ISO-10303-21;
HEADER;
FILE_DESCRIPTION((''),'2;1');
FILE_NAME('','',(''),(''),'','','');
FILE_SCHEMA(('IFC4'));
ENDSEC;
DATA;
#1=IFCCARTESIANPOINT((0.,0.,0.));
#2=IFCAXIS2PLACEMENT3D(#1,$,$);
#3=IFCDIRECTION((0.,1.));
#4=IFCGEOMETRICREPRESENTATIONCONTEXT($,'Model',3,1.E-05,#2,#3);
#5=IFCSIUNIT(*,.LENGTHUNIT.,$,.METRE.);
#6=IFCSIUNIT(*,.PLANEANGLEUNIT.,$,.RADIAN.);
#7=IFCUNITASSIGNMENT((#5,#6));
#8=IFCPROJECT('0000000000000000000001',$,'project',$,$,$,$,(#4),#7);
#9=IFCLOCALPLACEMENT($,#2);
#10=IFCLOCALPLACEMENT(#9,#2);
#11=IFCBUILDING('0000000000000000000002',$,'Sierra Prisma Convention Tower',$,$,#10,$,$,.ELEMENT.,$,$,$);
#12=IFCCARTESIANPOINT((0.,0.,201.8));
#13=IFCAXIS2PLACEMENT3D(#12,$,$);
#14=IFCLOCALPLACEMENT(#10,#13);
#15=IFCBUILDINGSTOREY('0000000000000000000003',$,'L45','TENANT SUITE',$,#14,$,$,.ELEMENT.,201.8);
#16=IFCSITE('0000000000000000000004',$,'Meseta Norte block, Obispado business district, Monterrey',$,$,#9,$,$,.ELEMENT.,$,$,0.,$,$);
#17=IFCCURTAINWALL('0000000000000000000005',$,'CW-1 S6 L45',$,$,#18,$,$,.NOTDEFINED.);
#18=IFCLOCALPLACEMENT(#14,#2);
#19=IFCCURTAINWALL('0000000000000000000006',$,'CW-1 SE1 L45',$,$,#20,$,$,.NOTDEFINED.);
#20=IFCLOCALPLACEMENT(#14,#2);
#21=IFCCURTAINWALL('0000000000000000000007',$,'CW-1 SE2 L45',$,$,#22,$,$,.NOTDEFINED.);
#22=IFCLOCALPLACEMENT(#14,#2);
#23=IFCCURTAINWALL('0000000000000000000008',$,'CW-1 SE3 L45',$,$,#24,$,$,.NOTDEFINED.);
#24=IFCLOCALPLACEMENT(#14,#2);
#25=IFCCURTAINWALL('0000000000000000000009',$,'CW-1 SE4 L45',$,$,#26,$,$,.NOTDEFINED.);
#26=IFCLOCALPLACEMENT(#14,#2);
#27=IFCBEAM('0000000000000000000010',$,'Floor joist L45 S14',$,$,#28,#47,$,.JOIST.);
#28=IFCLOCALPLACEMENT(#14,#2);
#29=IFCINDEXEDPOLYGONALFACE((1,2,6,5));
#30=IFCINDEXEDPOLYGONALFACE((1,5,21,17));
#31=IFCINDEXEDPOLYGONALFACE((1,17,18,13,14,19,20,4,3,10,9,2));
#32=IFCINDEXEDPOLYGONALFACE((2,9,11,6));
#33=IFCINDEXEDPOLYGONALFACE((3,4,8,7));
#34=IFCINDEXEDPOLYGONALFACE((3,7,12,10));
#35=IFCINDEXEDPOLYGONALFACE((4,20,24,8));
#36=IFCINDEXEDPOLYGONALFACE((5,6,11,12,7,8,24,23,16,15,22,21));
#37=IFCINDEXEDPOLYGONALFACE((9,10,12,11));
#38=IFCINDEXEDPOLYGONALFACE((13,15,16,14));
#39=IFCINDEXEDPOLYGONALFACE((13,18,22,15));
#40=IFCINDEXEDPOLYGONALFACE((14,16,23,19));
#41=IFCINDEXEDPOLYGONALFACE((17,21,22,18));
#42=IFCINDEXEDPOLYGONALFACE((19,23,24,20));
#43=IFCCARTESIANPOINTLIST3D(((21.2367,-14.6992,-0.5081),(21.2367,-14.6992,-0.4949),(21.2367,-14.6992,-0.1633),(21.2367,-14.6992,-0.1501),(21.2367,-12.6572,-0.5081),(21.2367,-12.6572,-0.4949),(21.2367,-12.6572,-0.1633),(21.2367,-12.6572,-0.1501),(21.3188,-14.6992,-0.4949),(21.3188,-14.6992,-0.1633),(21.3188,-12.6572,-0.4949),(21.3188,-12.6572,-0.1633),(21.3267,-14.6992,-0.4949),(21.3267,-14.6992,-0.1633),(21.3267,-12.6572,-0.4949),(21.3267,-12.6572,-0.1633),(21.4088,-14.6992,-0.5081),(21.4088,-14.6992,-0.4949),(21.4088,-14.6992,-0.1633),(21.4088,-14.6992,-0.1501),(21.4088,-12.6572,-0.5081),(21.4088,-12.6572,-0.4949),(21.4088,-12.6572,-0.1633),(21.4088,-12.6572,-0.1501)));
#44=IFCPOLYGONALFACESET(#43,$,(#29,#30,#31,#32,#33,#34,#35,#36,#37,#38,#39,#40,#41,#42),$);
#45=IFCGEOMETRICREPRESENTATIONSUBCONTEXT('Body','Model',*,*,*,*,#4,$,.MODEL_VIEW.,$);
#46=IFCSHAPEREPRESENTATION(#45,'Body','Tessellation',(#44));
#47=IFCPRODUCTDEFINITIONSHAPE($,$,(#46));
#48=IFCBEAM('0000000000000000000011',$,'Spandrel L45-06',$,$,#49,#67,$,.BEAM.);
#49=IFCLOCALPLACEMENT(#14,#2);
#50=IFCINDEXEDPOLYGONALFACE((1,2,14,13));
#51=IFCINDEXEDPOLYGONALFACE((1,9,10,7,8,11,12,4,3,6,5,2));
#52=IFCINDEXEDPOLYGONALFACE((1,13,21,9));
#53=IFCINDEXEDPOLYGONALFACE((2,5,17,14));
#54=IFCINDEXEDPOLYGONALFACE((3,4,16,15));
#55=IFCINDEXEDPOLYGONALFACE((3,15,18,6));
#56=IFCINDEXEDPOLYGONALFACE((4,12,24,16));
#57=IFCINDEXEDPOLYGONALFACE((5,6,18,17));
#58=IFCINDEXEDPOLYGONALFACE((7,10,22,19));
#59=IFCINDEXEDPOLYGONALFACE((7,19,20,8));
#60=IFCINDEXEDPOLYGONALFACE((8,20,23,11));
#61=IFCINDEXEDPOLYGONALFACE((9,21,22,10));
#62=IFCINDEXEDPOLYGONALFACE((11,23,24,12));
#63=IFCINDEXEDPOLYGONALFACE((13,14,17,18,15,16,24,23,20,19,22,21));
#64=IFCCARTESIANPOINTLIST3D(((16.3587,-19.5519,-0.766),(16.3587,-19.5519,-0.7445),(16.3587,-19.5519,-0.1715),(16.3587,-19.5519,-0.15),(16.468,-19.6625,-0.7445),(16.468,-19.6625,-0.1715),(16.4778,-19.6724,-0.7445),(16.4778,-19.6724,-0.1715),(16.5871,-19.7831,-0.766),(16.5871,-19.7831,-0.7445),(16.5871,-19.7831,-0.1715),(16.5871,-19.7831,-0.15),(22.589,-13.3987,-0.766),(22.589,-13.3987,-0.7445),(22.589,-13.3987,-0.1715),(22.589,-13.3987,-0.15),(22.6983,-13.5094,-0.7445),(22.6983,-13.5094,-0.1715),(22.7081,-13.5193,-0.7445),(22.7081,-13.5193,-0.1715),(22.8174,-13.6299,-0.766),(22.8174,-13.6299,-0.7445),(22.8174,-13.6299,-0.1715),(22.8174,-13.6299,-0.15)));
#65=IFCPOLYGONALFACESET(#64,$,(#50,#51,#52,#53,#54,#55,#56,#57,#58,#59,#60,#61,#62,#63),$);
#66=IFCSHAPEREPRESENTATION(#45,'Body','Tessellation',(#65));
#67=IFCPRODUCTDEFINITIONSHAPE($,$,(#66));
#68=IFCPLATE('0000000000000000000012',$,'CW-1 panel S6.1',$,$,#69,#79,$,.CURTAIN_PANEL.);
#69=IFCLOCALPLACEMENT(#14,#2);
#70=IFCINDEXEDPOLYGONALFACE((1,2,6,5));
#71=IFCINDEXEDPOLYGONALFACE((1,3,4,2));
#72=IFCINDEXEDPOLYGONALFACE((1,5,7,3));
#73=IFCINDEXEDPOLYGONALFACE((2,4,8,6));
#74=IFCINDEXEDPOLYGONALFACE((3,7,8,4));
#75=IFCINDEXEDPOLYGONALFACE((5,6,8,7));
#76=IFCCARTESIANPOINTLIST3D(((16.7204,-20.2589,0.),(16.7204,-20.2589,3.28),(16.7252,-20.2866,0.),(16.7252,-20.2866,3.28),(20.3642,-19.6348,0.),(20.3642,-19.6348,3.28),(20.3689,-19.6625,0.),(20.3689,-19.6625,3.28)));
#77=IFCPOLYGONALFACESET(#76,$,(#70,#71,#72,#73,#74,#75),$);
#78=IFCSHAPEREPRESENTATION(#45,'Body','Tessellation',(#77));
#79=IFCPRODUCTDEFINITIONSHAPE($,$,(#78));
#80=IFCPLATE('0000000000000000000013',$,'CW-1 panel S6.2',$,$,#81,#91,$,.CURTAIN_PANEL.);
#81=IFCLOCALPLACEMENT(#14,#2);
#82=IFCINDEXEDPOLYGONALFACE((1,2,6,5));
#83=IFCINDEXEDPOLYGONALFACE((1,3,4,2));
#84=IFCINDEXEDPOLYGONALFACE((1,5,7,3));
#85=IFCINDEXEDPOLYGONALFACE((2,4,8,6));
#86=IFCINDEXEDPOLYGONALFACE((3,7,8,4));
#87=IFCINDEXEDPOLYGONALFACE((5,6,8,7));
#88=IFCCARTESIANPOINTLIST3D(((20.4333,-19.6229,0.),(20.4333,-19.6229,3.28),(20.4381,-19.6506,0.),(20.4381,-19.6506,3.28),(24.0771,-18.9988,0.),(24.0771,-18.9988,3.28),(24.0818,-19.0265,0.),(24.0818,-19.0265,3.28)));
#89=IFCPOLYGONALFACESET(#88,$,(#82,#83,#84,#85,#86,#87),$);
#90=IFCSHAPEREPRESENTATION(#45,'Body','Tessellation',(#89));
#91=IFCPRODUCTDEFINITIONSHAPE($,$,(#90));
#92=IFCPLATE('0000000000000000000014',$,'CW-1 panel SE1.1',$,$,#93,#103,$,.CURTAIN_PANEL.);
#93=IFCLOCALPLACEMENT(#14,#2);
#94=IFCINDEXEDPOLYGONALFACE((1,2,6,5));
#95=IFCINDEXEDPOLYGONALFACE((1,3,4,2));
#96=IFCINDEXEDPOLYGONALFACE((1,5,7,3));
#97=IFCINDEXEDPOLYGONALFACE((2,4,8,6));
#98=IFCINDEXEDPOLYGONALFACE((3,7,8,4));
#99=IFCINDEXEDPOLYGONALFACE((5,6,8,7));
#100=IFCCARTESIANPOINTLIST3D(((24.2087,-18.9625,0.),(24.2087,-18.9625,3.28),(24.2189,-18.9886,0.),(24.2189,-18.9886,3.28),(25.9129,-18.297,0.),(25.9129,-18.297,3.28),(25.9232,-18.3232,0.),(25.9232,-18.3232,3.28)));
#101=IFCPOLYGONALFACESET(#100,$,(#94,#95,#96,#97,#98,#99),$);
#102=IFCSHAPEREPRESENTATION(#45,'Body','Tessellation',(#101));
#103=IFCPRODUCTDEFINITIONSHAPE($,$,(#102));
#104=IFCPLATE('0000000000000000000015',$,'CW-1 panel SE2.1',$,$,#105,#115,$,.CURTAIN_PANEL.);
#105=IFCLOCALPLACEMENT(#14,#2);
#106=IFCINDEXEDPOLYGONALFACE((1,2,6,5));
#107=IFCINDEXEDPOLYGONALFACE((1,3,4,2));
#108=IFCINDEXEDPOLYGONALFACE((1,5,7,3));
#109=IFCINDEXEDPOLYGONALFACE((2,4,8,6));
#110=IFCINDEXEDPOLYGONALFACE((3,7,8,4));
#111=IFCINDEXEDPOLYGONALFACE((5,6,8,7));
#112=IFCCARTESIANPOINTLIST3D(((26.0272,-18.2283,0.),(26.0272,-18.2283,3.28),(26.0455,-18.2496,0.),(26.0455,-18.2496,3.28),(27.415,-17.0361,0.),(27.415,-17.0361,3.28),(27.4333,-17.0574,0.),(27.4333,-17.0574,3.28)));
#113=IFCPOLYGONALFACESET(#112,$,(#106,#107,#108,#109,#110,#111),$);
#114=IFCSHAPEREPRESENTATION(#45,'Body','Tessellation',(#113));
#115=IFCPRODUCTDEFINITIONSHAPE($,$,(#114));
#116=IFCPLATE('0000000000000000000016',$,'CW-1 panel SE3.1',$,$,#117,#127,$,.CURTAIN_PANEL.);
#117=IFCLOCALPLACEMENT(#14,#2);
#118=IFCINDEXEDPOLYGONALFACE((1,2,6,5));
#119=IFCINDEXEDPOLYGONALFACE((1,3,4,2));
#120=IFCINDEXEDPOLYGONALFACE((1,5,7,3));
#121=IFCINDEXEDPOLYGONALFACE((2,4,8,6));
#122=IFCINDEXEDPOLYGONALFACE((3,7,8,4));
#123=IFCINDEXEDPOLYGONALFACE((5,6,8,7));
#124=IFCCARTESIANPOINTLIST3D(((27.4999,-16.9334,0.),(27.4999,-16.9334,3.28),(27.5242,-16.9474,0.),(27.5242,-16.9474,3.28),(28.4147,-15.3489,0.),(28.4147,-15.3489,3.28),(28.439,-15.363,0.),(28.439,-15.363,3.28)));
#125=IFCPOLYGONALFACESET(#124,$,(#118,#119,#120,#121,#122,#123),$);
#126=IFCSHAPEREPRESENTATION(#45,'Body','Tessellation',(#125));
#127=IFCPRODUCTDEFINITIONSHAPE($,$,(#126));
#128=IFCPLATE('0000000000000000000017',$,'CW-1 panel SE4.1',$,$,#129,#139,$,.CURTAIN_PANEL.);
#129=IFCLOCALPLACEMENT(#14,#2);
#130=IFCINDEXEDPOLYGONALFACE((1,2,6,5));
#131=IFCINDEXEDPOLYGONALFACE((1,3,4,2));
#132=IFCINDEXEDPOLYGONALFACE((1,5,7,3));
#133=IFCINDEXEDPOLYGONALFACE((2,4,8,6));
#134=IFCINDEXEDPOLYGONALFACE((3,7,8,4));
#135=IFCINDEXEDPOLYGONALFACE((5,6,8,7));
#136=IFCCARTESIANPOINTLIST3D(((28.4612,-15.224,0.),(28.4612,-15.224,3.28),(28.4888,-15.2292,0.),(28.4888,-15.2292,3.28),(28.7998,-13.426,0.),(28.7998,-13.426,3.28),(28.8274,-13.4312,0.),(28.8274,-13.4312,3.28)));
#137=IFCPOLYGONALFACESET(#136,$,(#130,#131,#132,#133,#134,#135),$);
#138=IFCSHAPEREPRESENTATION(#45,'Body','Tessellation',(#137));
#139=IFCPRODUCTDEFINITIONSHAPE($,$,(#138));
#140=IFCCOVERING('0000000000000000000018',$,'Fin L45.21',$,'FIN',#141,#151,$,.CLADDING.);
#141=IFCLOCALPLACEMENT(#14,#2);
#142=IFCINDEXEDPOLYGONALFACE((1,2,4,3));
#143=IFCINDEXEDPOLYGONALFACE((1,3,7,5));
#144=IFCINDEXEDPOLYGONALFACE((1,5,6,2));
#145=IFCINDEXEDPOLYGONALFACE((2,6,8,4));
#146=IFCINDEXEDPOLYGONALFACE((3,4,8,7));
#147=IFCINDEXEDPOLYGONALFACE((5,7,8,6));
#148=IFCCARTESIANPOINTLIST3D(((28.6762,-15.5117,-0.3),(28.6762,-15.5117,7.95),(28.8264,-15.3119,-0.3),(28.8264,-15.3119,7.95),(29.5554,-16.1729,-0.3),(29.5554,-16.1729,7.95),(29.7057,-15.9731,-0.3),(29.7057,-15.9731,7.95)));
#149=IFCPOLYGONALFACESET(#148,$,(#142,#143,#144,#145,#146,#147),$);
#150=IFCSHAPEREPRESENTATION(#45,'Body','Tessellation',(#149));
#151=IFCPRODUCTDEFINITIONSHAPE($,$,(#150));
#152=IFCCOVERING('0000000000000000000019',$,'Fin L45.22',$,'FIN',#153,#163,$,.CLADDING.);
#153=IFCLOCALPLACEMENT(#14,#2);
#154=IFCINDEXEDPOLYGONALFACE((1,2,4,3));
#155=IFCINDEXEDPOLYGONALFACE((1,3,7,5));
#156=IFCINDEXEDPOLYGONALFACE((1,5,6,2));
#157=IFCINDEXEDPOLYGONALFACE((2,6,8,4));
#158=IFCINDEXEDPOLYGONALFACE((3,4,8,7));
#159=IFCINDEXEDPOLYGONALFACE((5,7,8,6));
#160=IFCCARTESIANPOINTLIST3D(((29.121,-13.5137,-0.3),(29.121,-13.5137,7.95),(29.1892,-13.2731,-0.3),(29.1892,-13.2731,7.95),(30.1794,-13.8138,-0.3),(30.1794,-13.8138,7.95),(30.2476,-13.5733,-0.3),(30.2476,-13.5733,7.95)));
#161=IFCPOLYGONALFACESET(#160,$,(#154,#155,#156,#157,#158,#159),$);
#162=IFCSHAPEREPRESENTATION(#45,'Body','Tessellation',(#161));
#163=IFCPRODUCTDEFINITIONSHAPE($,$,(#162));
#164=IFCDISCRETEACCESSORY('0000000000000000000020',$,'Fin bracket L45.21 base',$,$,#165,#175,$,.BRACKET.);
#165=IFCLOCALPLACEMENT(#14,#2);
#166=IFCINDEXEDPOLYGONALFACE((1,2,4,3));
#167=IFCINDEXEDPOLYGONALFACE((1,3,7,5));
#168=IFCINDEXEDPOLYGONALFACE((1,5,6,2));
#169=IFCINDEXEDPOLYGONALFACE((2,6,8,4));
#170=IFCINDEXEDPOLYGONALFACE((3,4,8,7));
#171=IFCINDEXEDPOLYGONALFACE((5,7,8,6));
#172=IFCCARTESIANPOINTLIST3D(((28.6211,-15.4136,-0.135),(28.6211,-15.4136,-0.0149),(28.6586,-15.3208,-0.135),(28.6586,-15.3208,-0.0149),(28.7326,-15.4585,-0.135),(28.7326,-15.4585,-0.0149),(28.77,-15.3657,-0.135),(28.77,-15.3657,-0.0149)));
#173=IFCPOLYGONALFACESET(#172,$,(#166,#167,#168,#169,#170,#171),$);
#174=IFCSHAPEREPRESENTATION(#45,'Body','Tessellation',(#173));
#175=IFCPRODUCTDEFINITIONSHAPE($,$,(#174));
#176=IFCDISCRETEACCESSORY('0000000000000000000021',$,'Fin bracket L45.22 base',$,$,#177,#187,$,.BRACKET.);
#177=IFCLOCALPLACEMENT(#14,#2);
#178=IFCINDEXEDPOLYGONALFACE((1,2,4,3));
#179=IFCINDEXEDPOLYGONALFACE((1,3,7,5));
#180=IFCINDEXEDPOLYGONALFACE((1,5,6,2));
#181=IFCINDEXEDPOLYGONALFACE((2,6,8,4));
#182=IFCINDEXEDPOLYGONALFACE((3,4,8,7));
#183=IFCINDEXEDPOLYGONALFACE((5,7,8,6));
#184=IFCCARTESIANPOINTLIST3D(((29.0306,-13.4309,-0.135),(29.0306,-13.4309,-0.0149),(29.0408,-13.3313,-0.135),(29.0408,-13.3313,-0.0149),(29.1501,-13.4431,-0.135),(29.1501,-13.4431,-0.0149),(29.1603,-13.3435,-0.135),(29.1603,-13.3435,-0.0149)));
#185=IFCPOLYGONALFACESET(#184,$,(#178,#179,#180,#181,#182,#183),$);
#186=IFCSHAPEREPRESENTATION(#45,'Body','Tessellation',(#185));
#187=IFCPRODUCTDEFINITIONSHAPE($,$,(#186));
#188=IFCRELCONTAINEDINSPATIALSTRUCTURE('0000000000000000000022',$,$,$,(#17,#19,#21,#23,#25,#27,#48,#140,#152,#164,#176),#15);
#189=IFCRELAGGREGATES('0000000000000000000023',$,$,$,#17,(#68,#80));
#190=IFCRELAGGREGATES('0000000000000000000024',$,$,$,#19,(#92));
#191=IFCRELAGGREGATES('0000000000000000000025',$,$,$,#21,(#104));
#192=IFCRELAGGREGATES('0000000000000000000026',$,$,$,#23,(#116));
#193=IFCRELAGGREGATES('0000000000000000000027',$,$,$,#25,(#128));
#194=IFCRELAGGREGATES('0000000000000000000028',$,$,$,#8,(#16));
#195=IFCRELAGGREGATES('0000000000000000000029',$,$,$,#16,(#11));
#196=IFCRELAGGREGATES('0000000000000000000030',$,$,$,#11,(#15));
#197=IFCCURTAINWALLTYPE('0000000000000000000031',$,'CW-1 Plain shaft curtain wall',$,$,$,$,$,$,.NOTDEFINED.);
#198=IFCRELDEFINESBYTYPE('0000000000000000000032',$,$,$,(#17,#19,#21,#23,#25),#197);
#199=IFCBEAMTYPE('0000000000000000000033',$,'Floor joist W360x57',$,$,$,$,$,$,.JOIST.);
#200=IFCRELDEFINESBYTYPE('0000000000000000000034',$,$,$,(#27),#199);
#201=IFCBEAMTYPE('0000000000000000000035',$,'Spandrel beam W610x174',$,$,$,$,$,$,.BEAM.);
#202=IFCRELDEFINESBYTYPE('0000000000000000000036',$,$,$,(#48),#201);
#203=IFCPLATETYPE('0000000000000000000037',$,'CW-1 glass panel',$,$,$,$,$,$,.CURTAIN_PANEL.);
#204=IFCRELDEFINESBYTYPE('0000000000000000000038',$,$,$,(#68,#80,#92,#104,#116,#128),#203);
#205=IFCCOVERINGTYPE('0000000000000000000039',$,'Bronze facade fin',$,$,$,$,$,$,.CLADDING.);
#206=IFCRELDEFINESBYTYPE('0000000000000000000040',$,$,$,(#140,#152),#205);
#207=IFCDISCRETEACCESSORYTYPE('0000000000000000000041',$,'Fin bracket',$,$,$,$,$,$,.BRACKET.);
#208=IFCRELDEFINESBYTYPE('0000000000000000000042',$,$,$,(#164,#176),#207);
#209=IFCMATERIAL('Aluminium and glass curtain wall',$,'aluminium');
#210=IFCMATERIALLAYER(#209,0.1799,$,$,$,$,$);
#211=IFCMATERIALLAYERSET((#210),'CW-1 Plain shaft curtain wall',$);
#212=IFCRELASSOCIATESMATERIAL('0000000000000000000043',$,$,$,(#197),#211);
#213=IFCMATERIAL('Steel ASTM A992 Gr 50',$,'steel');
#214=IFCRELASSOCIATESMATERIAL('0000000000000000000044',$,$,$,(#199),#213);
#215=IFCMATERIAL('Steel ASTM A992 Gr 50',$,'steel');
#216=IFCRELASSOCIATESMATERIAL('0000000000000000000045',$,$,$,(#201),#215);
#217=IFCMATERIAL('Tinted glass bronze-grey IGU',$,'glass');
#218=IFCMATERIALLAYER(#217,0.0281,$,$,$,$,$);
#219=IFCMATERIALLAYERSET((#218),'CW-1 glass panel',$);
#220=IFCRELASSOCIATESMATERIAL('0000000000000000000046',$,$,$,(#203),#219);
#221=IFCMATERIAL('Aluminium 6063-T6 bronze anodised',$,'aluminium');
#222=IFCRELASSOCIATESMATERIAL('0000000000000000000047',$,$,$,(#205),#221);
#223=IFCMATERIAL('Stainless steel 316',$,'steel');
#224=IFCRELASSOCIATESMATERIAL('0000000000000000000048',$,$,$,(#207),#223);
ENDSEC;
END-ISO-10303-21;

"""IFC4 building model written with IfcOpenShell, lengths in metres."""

from ifc_helpers import new_model, si_unit, direction, frame, origin, origin_2d, place, context, subcontext, project, spatial, rectangle, i_section, extrude, material, layer, layer_set, material_profile, profile_set, type_object, element, aggregate, save


model = new_model("IFC4")

# Units and contexts
model_context = context("Model", 3, precision=1e-05, world=origin(), true_north=direction((0.0, 1.0)))
body_context = subcontext(model_context, "Body", "Model", "MODEL_VIEW")
ifc_project = project(units=[si_unit("LENGTHUNIT", "METRE"), si_unit("PLANEANGLEUNIT", "RADIAN")], contexts=[model_context])

# Site, building, storey
site_placement = place(None, origin())
site = spatial("IfcSite", under=ifc_project, at=site_placement, Name="Meseta Norte block, Obispado business district, Monterrey", CompositionType="ELEMENT", RefElevation=0.0)
building_placement = place(site_placement, origin())
building = spatial("IfcBuilding", under=site, at=building_placement, Name="Sierra Prisma Convention Tower", CompositionType="ELEMENT")
storey_placement = place(building_placement, frame((0.0, 0.0, 201.8)))
storey = spatial("IfcBuildingStorey", under=building, at=storey_placement, Name="L45", Description="TENANT SUITE", CompositionType="ELEMENT", Elevation=201.8)

# Curtain walls
ifc_material_1 = material(Name="Aluminium and glass curtain wall", Category="aluminium")
ifc_layer_1 = layer(ifc_material_1, 0.1799)
ifc_layer_set_1 = layer_set([ifc_layer_1], Name="CW-1 Plain shaft curtain wall")
curtain_wall_type = type_object("IfcCurtainWallType", Name="CW-1 Plain shaft curtain wall", PredefinedType="NOTDEFINED", material=ifc_layer_set_1)
curtain_wall_1_placement = place(storey_placement, origin())
curtain_wall_1 = element("IfcCurtainWall", 1, at=curtain_wall_1_placement, inside=storey, type_object=curtain_wall_type, Name="CW-1 S6 L45", PredefinedType="NOTDEFINED")
curtain_wall_2_placement = place(storey_placement, origin())
curtain_wall_2 = element("IfcCurtainWall", 2, at=curtain_wall_2_placement, inside=storey, type_object=curtain_wall_type, Name="CW-1 SE1 L45", PredefinedType="NOTDEFINED")
curtain_wall_3_placement = place(storey_placement, origin())
curtain_wall_3 = element("IfcCurtainWall", 3, at=curtain_wall_3_placement, inside=storey, type_object=curtain_wall_type, Name="CW-1 SE2 L45", PredefinedType="NOTDEFINED")
curtain_wall_4_placement = place(storey_placement, origin())
curtain_wall_4 = element("IfcCurtainWall", 4, at=curtain_wall_4_placement, inside=storey, type_object=curtain_wall_type, Name="CW-1 SE3 L45", PredefinedType="NOTDEFINED")
curtain_wall_5_placement = place(storey_placement, origin())
curtain_wall_5 = element("IfcCurtainWall", 5, at=curtain_wall_5_placement, inside=storey, type_object=curtain_wall_type, Name="CW-1 SE4 L45", PredefinedType="NOTDEFINED")

# Beams
ifc_material_2 = material(Name="Steel ASTM A992 Gr 50", Category="steel")
ifc_material_profile_1 = material_profile(ifc_material_2, i_section(OverallWidth=0.1721, OverallDepth=0.3579, WebThickness=0.0078, FlangeThickness=0.0132, at=origin_2d()), Name="W360x57")
ifc_profile_set_1 = profile_set([ifc_material_profile_1], Name="Steel ASTM A992 Gr 50")
beam_type_1 = type_object("IfcBeamType", Name="Floor joist W360x57", PredefinedType="JOIST", material=ifc_profile_set_1)
beam_1_placement = place(storey_placement, frame((21.3228, -14.6992, -0.3291), z_axis=(0.0, 1.0, 0.0), x_axis=(-1.0, 0.0, 0.0)))
element("IfcBeam", 6, at=beam_1_placement, inside=storey, type_object=beam_type_1, Name="Floor joist L45 S14", PredefinedType="JOIST", context=body_context, shape_type="SweptSolid", body=[
    extrude(i_section(OverallWidth=0.1721, OverallDepth=0.3579, WebThickness=0.0078, FlangeThickness=0.0132, at=origin_2d()), origin(), (0.0, 0.0, 1.0), 2.042),
])
ifc_material_3 = material(Name="Steel ASTM A992 Gr 50", Category="steel")
ifc_material_profile_2 = material_profile(ifc_material_3, i_section(OverallWidth=0.325, OverallDepth=0.616, WebThickness=0.0139, FlangeThickness=0.0215, at=origin_2d()), Name="W610x174")
ifc_profile_set_2 = profile_set([ifc_material_profile_2], Name="Steel ASTM A992 Gr 50")
beam_type_2 = type_object("IfcBeamType", Name="Spandrel beam W610x174", PredefinedType="BEAM", material=ifc_profile_set_2)
beam_2_placement = place(storey_placement, frame((16.4729, -19.6675, -0.458), z_axis=(0.711498, 0.702688, 0.0), x_axis=(-0.702688, 0.711498, 0.0)))
element("IfcBeam", 7, at=beam_2_placement, inside=storey, type_object=beam_type_2, Name="Spandrel L45-06", PredefinedType="BEAM", context=body_context, shape_type="SweptSolid", body=[
    extrude(i_section(OverallWidth=0.325, OverallDepth=0.616, WebThickness=0.0139, FlangeThickness=0.0215, at=origin_2d()), origin(), (0.0, 0.0, 1.0), 8.7566),
])

# Plates
ifc_material_4 = material(Name="Tinted glass bronze-grey IGU", Category="glass")
ifc_layer_2 = layer(ifc_material_4, 0.0281)
ifc_layer_set_2 = layer_set([ifc_layer_2], Name="CW-1 glass panel")
plate_type = type_object("IfcPlateType", Name="CW-1 glass panel", PredefinedType="CURTAIN_PANEL", material=ifc_layer_set_2)
plate_1_placement = place(storey_placement, frame((18.5447, -19.9607, 0.0), z_axis=(0.0, 0.0, 1.0), x_axis=(0.985649, 0.16881, 0.0)))
plate_1 = element("IfcPlate", 8, at=plate_1_placement, type_object=plate_type, Name="CW-1 panel S6.1", PredefinedType="CURTAIN_PANEL", context=body_context, shape_type="SweptSolid", body=[
    extrude(rectangle(XDim=3.6968, YDim=0.0281, at=origin_2d()), origin(), (0.0, 0.0, 1.0), 3.28),
])
plate_2_placement = place(storey_placement, frame((22.2576, -19.3247, 0.0), z_axis=(0.0, 0.0, 1.0), x_axis=(0.985649, 0.16881, 0.0)))
plate_2 = element("IfcPlate", 9, at=plate_2_placement, type_object=plate_type, Name="CW-1 panel S6.2", PredefinedType="CURTAIN_PANEL", context=body_context, shape_type="SweptSolid", body=[
    extrude(rectangle(XDim=3.6968, YDim=0.0281, at=origin_2d()), origin(), (0.0, 0.0, 1.0), 3.28),
])
aggregate(curtain_wall_1, [plate_1, plate_2])
plate_3_placement = place(storey_placement, frame((25.0659, -18.6428, 0.0), z_axis=(0.0, 0.0, 1.0), x_axis=(0.931501, 0.363738, 0.0)))
plate_3 = element("IfcPlate", 10, at=plate_3_placement, type_object=plate_type, Name="CW-1 panel SE1.1", PredefinedType="CURTAIN_PANEL", context=body_context, shape_type="SweptSolid", body=[
    extrude(rectangle(XDim=1.8296, YDim=0.0281, at=origin_2d()), origin(), (0.0, 0.0, 1.0), 3.28),
])
aggregate(curtain_wall_2, [plate_3])
plate_4_placement = place(storey_placement, frame((26.7302, -17.6428, 0.0), z_axis=(0.0, 0.0, 1.0), x_axis=(0.758533, 0.651635, 0.0)))
plate_4 = element("IfcPlate", 11, at=plate_4_placement, type_object=plate_type, Name="CW-1 panel SE2.1", PredefinedType="CURTAIN_PANEL", context=body_context, shape_type="SweptSolid", body=[
    extrude(rectangle(XDim=1.8296, YDim=0.0281, at=origin_2d()), origin(), (0.0, 0.0, 1.0), 3.28),
])
aggregate(curtain_wall_3, [plate_4])
plate_5_placement = place(storey_placement, frame((27.9695, -16.1482, 0.0), z_axis=(0.0, 0.0, 1.0), x_axis=(0.5, 0.866025, 0.0)))
plate_5 = element("IfcPlate", 12, at=plate_5_placement, type_object=plate_type, Name="CW-1 panel SE3.1", PredefinedType="CURTAIN_PANEL", context=body_context, shape_type="SweptSolid", body=[
    extrude(rectangle(XDim=1.8296, YDim=0.0281, at=origin_2d()), origin(), (0.0, 0.0, 1.0), 3.28),
])
aggregate(curtain_wall_4, [plate_5])
plate_6_placement = place(storey_placement, frame((28.6443, -14.3276, 0.0), z_axis=(0.0, 0.0, 1.0), x_axis=(0.185066, 0.982726, 0.0)))
plate_6 = element("IfcPlate", 13, at=plate_6_placement, type_object=plate_type, Name="CW-1 panel SE4.1", PredefinedType="CURTAIN_PANEL", context=body_context, shape_type="SweptSolid", body=[
    extrude(rectangle(XDim=1.8296, YDim=0.0281, at=origin_2d()), origin(), (0.0, 0.0, 1.0), 3.28),
])
aggregate(curtain_wall_5, [plate_6])

# Coverings
ifc_material_5 = material(Name="Aluminium 6063-T6 bronze anodised", Category="aluminium")
ifc_material_profile_3 = material_profile(ifc_material_5, rectangle(XDim=1.1001, YDim=0.25, at=origin_2d()), Name="ALU FIN 1100x250")
ifc_profile_set_3 = profile_set([ifc_material_profile_3], Name="Aluminium 6063-T6 bronze anodised")
covering_type = type_object("IfcCoveringType", Name="Bronze facade fin", PredefinedType="CLADDING", material=ifc_profile_set_3)
for number, where, z_axis, x_axis, name in (
    (14, (29.1909, -15.7424, -0.3), (0.0, 0.0, 1.0), (0.799226, -0.60103, 0.0), "Fin L45.21"),
    (15, (29.6843, -13.5435, -0.3), (0.0, 0.0, 1.0), (0.96207, -0.272804, 0.0), "Fin L45.22"),
):
    element("IfcCovering", number, at=place(storey_placement, frame(where, z_axis=z_axis, x_axis=x_axis)), inside=storey, type_object=covering_type, Name=name, ObjectType="FIN", PredefinedType="CLADDING", context=body_context, shape_type="SweptSolid", body=[
        extrude(rectangle(XDim=1.1001, YDim=0.25, at=origin_2d()), origin(), (0.0, 0.0, 1.0), 8.25),
    ])

# Discrete accessories
ifc_material_6 = material(Name="Stainless steel 316", Category="steel")
discrete_accessory_type = type_object("IfcDiscreteAccessoryType", Name="Fin bracket", PredefinedType="BRACKET", material=ifc_material_6)
for number, where, z_axis, x_axis, name in (
    (16, (28.6956, -15.3896, -0.135), (0.0, 0.0, 1.0), (0.927551, -0.373696, 0.0), "Fin bracket L45.21 base"),
    (17, (29.0955, -13.3872, -0.135), (0.0, 0.0, 1.0), (0.994826, -0.101598, 0.0), "Fin bracket L45.22 base"),
):
    element("IfcDiscreteAccessory", number, at=place(storey_placement, frame(where, z_axis=z_axis, x_axis=x_axis)), inside=storey, type_object=discrete_accessory_type, Name=name, PredefinedType="BRACKET", context=body_context, shape_type="SweptSolid", body=[
        extrude(rectangle(XDim=0.1201, YDim=0.1001, at=origin_2d()), origin(), (0.0, 0.0, 1.0), 0.1201),
    ])

save(model, "model.ifc")
